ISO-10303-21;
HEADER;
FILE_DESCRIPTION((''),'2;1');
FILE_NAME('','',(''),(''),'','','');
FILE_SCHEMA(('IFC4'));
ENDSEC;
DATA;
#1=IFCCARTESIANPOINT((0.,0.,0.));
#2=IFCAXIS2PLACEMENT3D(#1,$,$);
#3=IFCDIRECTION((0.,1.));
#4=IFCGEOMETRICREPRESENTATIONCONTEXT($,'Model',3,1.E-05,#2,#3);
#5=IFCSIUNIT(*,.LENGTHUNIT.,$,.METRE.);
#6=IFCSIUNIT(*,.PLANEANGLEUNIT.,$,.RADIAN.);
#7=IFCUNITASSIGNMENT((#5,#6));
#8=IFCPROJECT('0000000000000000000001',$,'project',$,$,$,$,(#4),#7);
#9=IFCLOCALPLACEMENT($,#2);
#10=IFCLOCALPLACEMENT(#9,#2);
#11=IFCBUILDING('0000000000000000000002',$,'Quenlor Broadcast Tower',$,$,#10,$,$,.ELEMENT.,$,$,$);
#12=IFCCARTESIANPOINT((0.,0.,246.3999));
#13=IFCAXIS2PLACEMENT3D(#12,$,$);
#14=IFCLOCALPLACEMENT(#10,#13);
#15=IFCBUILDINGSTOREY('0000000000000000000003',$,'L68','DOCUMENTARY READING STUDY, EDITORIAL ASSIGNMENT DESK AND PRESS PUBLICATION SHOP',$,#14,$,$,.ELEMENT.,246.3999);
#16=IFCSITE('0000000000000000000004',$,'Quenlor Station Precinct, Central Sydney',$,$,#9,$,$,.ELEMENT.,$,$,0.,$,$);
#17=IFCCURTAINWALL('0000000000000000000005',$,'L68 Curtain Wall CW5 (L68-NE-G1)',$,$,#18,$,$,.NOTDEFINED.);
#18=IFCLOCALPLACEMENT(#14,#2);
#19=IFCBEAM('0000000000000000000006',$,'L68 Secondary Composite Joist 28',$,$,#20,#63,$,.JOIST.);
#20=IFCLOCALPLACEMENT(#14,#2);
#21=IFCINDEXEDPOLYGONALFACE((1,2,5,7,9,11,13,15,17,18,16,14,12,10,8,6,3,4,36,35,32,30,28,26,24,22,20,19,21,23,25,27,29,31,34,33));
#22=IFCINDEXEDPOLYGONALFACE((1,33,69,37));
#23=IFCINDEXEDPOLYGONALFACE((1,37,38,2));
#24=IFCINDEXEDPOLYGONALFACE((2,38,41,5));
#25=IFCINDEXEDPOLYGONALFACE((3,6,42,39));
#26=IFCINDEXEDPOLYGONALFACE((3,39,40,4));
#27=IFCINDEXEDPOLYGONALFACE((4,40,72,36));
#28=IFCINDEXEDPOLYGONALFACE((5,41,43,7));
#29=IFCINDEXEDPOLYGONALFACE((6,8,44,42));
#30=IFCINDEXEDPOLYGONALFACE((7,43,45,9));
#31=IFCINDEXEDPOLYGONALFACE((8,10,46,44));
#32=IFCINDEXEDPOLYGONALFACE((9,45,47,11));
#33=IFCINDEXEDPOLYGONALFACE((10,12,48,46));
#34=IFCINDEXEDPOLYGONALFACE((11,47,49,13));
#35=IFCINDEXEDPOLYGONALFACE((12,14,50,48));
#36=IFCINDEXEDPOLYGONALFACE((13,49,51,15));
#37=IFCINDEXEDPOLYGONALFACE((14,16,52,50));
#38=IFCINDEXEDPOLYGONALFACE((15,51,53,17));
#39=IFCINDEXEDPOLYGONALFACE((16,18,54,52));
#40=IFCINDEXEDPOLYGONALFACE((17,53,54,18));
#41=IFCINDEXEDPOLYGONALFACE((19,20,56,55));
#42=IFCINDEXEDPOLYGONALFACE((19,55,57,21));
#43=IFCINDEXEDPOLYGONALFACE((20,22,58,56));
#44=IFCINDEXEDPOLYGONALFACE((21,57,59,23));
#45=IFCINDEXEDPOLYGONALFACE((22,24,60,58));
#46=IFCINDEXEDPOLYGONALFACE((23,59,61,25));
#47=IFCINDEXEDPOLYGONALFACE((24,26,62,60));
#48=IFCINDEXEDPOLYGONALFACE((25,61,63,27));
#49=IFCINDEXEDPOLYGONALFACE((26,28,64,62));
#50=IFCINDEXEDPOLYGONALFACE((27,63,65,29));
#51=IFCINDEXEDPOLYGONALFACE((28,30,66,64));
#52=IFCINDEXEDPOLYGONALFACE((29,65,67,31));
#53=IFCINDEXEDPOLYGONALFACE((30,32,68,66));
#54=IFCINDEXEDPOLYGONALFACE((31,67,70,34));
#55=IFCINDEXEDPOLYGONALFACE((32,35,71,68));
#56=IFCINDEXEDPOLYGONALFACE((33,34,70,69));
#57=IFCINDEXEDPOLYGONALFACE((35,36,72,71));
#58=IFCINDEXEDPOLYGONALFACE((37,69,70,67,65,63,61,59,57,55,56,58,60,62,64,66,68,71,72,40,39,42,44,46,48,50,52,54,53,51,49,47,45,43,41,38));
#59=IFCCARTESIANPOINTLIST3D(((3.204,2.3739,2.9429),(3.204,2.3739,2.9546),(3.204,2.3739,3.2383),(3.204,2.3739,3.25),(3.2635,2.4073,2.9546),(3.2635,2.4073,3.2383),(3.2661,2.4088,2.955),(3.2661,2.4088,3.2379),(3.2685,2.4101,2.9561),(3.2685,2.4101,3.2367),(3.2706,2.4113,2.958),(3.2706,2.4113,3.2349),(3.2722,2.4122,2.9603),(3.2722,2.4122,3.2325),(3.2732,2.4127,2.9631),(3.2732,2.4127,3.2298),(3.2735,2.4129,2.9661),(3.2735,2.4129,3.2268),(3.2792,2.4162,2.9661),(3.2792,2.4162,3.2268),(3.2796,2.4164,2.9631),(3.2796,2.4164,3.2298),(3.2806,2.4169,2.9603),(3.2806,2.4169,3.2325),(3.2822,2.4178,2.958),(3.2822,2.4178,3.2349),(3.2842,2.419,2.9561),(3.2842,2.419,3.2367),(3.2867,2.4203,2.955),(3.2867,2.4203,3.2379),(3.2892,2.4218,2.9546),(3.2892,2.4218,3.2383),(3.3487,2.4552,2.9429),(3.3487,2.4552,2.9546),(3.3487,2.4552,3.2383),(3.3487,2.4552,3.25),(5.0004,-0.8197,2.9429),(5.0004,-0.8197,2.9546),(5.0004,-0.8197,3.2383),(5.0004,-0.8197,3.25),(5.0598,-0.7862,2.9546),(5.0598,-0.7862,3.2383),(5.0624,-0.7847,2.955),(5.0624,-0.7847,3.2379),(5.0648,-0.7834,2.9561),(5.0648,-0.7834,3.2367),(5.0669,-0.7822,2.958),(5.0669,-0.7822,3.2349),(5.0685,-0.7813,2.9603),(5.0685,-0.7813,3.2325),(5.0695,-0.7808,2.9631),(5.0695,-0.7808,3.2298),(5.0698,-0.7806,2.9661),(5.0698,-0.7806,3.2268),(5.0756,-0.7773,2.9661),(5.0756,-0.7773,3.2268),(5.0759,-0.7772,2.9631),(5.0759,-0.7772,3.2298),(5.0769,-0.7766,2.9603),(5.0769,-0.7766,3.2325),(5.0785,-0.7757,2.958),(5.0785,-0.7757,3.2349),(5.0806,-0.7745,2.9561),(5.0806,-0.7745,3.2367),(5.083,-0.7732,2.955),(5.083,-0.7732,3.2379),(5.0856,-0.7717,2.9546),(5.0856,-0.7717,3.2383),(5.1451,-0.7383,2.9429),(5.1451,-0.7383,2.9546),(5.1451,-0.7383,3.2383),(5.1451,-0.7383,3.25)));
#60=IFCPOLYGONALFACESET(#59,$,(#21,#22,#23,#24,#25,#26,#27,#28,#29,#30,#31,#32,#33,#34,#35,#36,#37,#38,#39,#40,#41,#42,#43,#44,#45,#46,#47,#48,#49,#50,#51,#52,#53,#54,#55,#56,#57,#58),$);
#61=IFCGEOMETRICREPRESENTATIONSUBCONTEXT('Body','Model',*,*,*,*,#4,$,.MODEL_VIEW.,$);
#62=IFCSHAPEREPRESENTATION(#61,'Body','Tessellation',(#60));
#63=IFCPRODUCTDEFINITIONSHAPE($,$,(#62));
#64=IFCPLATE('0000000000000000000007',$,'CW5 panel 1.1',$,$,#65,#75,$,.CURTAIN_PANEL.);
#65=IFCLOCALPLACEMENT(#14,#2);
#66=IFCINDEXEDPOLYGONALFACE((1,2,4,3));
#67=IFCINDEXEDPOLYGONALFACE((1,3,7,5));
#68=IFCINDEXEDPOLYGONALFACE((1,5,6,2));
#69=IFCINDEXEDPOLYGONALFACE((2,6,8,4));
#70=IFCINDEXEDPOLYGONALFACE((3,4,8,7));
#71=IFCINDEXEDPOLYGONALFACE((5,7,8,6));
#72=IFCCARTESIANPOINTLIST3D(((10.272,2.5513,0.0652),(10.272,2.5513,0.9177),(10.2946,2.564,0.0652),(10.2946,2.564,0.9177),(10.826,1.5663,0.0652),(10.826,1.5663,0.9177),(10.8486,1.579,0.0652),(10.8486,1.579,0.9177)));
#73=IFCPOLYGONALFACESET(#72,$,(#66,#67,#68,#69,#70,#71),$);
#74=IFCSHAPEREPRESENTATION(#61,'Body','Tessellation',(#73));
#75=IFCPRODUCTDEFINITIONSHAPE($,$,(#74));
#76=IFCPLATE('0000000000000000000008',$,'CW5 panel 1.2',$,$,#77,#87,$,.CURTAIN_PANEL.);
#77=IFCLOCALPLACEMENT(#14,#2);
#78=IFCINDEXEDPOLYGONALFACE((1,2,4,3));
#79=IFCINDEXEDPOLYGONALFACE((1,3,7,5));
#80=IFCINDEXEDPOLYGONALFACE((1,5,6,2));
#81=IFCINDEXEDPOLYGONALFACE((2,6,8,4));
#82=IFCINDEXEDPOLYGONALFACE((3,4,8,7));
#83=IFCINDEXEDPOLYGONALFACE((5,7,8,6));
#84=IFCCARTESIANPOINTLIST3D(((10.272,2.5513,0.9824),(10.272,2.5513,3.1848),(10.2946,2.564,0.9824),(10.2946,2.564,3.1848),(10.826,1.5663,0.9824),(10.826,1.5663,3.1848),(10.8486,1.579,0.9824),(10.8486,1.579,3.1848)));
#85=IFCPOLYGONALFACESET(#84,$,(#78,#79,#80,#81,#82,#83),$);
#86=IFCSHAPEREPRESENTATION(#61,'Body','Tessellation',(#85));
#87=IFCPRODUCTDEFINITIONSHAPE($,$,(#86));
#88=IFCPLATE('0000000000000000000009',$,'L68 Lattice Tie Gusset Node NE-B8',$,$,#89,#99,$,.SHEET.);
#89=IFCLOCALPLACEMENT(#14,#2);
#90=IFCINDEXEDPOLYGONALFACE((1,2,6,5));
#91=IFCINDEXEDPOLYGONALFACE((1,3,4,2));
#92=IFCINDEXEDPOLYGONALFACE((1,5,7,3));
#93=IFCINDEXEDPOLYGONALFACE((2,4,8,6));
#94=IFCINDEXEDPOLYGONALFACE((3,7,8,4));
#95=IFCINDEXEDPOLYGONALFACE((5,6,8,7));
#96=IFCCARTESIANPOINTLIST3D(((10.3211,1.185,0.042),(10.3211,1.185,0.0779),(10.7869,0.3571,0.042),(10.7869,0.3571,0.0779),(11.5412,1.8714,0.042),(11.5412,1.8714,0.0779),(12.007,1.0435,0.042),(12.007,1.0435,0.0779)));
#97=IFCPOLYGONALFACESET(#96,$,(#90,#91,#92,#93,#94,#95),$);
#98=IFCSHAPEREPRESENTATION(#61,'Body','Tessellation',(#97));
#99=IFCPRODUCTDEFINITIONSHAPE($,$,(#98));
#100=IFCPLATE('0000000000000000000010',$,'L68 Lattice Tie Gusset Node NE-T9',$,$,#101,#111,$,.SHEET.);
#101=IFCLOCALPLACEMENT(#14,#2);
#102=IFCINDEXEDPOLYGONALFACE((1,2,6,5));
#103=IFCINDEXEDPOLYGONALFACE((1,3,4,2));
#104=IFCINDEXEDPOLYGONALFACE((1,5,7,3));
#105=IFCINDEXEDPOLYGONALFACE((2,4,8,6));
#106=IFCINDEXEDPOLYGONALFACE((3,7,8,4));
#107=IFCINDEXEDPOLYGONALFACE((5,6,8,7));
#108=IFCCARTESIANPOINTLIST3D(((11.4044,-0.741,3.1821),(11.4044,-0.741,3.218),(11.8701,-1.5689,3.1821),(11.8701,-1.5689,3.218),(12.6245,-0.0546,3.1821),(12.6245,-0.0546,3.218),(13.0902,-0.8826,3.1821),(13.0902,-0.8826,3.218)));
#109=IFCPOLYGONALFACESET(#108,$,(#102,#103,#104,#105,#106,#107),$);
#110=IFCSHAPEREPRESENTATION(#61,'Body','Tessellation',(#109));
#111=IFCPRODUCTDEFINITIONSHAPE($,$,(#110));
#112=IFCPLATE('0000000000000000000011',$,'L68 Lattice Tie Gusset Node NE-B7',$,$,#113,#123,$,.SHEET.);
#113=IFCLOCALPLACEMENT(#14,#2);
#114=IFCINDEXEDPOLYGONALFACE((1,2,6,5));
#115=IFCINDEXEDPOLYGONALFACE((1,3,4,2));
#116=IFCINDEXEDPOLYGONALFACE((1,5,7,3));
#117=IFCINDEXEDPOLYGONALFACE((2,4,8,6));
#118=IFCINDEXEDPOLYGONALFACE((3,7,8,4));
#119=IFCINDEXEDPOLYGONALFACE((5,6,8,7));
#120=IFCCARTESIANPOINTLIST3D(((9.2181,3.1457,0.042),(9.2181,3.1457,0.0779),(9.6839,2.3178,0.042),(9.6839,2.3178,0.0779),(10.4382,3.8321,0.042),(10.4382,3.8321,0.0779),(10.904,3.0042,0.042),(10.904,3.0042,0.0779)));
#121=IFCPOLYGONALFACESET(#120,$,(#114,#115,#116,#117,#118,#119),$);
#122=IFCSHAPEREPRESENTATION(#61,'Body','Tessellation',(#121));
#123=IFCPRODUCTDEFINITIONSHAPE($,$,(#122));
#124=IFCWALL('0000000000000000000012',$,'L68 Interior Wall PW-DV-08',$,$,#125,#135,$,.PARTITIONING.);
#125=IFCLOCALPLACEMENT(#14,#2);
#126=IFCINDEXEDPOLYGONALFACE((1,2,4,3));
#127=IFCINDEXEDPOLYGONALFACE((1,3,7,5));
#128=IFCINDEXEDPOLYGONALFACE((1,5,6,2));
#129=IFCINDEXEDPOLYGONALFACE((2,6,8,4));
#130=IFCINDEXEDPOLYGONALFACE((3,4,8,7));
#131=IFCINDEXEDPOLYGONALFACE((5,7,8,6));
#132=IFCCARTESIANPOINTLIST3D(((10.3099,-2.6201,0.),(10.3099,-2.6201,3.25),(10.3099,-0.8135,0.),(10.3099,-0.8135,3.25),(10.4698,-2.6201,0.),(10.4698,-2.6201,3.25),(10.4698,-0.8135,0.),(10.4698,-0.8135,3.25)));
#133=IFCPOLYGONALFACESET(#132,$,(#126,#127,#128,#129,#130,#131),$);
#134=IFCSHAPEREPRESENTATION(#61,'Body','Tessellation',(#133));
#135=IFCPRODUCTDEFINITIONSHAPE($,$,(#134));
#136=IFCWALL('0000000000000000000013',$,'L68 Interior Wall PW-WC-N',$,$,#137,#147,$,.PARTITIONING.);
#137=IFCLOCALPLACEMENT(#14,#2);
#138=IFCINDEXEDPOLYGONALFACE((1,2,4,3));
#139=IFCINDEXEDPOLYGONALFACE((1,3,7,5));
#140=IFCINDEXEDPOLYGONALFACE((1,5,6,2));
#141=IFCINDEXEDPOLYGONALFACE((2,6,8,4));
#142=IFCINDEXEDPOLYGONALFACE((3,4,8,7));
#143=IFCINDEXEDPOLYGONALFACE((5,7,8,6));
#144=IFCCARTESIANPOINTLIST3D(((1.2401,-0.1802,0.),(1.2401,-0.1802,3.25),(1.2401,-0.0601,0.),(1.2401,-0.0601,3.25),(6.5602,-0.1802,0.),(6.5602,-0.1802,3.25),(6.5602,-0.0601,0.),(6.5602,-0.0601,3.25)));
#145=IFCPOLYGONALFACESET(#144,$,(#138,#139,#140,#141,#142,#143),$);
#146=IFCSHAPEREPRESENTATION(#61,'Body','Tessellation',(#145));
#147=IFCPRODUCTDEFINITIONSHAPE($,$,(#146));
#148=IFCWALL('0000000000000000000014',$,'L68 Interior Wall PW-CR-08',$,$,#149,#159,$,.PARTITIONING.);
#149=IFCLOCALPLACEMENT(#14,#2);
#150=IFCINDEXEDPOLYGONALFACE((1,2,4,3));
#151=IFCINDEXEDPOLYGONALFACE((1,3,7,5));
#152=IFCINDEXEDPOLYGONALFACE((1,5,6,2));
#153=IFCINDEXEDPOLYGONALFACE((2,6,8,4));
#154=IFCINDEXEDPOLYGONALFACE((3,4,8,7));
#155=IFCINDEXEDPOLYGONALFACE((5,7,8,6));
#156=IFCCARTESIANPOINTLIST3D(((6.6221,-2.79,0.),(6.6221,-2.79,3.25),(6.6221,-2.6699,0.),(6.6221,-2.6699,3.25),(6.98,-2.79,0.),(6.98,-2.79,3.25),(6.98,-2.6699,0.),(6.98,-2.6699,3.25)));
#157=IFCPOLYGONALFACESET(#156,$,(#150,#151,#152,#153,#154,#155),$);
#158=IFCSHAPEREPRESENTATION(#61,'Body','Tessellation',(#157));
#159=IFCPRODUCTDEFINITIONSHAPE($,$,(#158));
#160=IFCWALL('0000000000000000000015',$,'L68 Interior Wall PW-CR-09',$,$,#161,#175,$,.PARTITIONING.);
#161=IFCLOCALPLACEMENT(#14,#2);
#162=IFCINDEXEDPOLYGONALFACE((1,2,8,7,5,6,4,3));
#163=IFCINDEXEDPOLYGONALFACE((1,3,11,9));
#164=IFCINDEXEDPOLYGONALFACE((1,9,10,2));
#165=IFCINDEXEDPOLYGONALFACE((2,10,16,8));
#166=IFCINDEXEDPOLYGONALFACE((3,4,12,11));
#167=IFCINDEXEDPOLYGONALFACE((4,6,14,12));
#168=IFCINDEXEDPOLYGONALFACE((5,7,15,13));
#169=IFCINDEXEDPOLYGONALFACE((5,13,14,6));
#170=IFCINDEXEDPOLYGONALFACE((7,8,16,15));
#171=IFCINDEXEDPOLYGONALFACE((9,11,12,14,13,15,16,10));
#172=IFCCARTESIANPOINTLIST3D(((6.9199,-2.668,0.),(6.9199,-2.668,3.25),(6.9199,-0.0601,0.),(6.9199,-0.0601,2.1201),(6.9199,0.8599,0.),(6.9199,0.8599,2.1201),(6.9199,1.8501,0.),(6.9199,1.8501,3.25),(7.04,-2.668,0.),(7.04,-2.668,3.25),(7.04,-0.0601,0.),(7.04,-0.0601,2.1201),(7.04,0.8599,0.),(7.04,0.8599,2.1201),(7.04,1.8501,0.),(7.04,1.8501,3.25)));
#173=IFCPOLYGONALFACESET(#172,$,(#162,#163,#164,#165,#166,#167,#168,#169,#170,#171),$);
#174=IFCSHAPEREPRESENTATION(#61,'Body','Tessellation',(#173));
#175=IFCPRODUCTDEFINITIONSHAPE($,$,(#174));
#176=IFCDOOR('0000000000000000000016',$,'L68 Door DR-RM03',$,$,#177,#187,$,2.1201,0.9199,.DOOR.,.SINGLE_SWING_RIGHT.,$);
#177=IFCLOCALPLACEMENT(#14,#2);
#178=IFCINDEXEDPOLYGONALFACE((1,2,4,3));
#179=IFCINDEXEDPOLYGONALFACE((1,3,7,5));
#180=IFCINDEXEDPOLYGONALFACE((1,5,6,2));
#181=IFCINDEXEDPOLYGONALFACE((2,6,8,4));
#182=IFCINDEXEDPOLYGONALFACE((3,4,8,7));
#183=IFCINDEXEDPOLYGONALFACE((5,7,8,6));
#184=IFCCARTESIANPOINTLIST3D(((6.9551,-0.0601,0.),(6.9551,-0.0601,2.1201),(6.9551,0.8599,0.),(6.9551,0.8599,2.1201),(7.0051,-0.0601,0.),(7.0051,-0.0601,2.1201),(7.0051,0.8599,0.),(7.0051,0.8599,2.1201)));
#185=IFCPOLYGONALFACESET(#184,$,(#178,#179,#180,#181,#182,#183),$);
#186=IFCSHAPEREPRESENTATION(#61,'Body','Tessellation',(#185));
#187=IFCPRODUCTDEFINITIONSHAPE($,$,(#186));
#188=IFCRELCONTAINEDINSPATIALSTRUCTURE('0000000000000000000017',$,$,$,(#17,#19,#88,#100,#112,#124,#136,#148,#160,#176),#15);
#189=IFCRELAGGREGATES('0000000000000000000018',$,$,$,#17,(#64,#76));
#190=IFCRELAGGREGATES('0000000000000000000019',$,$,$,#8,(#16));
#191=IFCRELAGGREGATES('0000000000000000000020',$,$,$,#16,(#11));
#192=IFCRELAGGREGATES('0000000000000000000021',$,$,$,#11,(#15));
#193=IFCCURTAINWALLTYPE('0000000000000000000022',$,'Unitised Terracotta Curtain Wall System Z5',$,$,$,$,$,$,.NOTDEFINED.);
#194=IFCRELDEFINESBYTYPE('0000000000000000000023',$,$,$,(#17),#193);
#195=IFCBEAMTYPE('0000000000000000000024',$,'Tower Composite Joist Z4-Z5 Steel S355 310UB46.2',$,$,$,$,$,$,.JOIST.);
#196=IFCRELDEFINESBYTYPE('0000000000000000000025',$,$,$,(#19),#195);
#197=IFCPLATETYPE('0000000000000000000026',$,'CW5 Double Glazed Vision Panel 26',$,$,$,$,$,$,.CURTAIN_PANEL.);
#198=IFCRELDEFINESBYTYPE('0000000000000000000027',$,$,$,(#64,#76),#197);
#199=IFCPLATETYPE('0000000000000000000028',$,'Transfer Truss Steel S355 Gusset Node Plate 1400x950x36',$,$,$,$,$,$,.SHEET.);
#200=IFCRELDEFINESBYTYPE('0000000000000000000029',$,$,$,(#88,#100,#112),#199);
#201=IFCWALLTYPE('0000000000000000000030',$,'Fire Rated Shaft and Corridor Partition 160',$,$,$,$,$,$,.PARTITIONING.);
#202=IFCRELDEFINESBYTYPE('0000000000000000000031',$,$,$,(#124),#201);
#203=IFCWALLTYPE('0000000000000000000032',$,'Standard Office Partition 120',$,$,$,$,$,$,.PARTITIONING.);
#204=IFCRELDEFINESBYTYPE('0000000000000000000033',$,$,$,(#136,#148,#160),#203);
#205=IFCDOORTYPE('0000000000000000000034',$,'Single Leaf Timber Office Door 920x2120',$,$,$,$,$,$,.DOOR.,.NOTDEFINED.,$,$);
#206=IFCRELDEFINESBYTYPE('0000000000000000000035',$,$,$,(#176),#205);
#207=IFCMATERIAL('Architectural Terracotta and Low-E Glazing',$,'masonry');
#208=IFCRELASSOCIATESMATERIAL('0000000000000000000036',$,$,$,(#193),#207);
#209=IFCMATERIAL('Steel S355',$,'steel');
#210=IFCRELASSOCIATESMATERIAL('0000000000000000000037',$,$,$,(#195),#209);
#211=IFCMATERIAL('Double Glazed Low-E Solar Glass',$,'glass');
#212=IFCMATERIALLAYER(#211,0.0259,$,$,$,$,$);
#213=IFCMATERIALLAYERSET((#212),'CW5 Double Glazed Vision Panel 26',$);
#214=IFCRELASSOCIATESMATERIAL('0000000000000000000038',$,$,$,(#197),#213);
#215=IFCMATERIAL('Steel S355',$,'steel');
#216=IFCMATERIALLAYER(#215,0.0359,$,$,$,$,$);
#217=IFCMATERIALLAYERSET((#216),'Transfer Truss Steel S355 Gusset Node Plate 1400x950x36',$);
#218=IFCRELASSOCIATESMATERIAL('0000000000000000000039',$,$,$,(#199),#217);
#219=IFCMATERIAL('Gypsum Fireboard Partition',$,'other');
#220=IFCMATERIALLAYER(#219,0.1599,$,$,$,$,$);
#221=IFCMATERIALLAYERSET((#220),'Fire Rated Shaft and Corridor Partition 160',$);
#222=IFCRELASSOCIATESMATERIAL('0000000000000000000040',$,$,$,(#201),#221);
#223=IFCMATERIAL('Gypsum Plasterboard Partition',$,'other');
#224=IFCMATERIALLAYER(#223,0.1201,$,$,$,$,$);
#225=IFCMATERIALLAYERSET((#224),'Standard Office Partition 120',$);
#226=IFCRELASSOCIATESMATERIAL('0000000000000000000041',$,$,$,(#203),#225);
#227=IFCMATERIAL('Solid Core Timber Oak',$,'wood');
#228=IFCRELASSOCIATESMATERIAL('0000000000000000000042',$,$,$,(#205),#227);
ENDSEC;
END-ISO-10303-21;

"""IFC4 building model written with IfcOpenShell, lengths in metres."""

from ifc_helpers import new_model, si_unit, direction, frame, frame_2d, origin, origin_2d, place, context, subcontext, project, spatial, rectangle, i_section, extrude, material, layer, layer_set, material_profile, profile_set, type_object, element, fill, aggregate, save


model = new_model("IFC4")

# Units and contexts
model_context = context("Model", 3, precision=1e-05, world=origin(), true_north=direction((0.0, 1.0)))
body_context = subcontext(model_context, "Body", "Model", "MODEL_VIEW")
ifc_project = project(units=[si_unit("LENGTHUNIT", "METRE"), si_unit("PLANEANGLEUNIT", "RADIAN")], contexts=[model_context])

# Site, building, storey
site_placement = place(None, origin())
site = spatial("IfcSite", under=ifc_project, at=site_placement, Name="Quenlor Station Precinct, Central Sydney", CompositionType="ELEMENT", RefElevation=0.0)
building_placement = place(site_placement, origin())
building = spatial("IfcBuilding", under=site, at=building_placement, Name="Quenlor Broadcast Tower", CompositionType="ELEMENT")
storey_placement = place(building_placement, frame((0.0, 0.0, 246.3999)))
storey = spatial("IfcBuildingStorey", under=building, at=storey_placement, Name="L68", Description="DOCUMENTARY READING STUDY, EDITORIAL ASSIGNMENT DESK AND PRESS PUBLICATION SHOP", CompositionType="ELEMENT", Elevation=246.3999)

# Curtain wall
ifc_material_1 = material(Name="Architectural Terracotta and Low-E Glazing", Category="masonry")
curtain_wall_type = type_object("IfcCurtainWallType", Name="Unitised Terracotta Curtain Wall System Z5", PredefinedType="NOTDEFINED", material=ifc_material_1)
curtain_wall_placement = place(storey_placement, origin())
curtain_wall = element("IfcCurtainWall", 1, at=curtain_wall_placement, inside=storey, type_object=curtain_wall_type, Name="L68 Curtain Wall CW5 (L68-NE-G1)", PredefinedType="NOTDEFINED")

# Beam
ifc_material_2 = material(Name="Steel S355", Category="steel")
ifc_material_profile_1 = material_profile(ifc_material_2, i_section(OverallWidth=0.166, OverallDepth=0.3071, WebThickness=0.0066, FlangeThickness=0.0117, FilletRadius=0.0115, at=origin_2d()))
ifc_profile_set_1 = profile_set([ifc_material_profile_1], Name="Steel S355 310UB46.2")
beam_type_1 = type_object("IfcBeamType", Name="Tower Composite Joist Z4-Z5 Steel S355 310UB46.2", PredefinedType="JOIST", material=ifc_profile_set_1)
beam_1_placement = place(storey_placement, frame((3.2764, 2.4146, 3.0964), z_axis=(0.490258, -0.871577, 0.0), x_axis=(0.871577, 0.490258, 0.0)))
element("IfcBeam", 2, at=beam_1_placement, inside=storey, type_object=beam_type_1, Name="L68 Secondary Composite Joist 28", PredefinedType="JOIST", context=body_context, shape_type="SweptSolid", body=[
    extrude(i_section(OverallWidth=0.166, OverallDepth=0.3071, WebThickness=0.0066, FlangeThickness=0.0117, FilletRadius=0.0115, at=origin_2d()), origin(), (0.0, 0.0, 1.0), 3.6641),
])

# Plates
ifc_material_3 = material(Name="Double Glazed Low-E Solar Glass", Category="glass")
ifc_layer_1 = layer(ifc_material_3, 0.0259)
ifc_layer_set_1 = layer_set([ifc_layer_1], Name="CW5 Double Glazed Vision Panel 26")
plate_type_1 = type_object("IfcPlateType", Name="CW5 Double Glazed Vision Panel 26", PredefinedType="CURTAIN_PANEL", material=ifc_layer_set_1)
plate_1_placement = place(storey_placement, frame((10.5603, 2.0652, 0.0652), z_axis=(0.0, 0.0, 1.0), x_axis=(0.490231, -0.871592, 0.0)))
plate_1 = element("IfcPlate", 3, at=plate_1_placement, type_object=plate_type_1, Name="CW5 panel 1.1", PredefinedType="CURTAIN_PANEL", context=body_context, shape_type="SweptSolid", body=[
    extrude(rectangle(XDim=1.1301, YDim=0.0259, at=origin_2d()), origin(), (0.0, 0.0, 1.0), 0.8525),
])
plate_2_placement = place(storey_placement, frame((10.5603, 2.0652, 0.9824), z_axis=(0.0, 0.0, 1.0), x_axis=(0.490231, -0.871592, 0.0)))
plate_2 = element("IfcPlate", 4, at=plate_2_placement, type_object=plate_type_1, Name="CW5 panel 1.2", PredefinedType="CURTAIN_PANEL", context=body_context, shape_type="SweptSolid", body=[
    extrude(rectangle(XDim=1.1301, YDim=0.0259, at=origin_2d()), origin(), (0.0, 0.0, 1.0), 2.2024),
])
aggregate(curtain_wall, [plate_1, plate_2])

# Plates
ifc_material_4 = material(Name="Steel S355", Category="steel")
ifc_layer_2 = layer(ifc_material_4, 0.0359)
ifc_layer_set_2 = layer_set([ifc_layer_2], Name="Transfer Truss Steel S355 Gusset Node Plate 1400x950x36")
plate_type_2 = type_object("IfcPlateType", Name="Transfer Truss Steel S355 Gusset Node Plate 1400x950x36", PredefinedType="SHEET", material=ifc_layer_set_2)
for number, where, z_axis, x_axis, name in (
    (5, (11.1641, 1.1143, 0.042), (0.0, 0.0, 1.0), (0.871556, 0.490295, 0.0), "L68 Lattice Tie Gusset Node NE-B8"),
    (6, (12.2473, -0.8118, 3.1821), (0.0, 0.0, 1.0), (0.871556, 0.490295, 0.0), "L68 Lattice Tie Gusset Node NE-T9"),
    (7, (10.061, 3.075, 0.042), (0.0, 0.0, 1.0), (0.871556, 0.490295, 0.0), "L68 Lattice Tie Gusset Node NE-B7"),
):
    element("IfcPlate", number, at=place(storey_placement, frame(where, z_axis=z_axis, x_axis=x_axis)), inside=storey, type_object=plate_type_2, Name=name, PredefinedType="SHEET", context=body_context, shape_type="SweptSolid", body=[
        extrude(rectangle(XDim=1.3999, YDim=0.95, at=origin_2d()), origin(), (0.0, 0.0, 1.0), 0.0359),
    ])

# Walls
ifc_material_5 = material(Name="Gypsum Fireboard Partition", Category="other")
ifc_layer_3 = layer(ifc_material_5, 0.1599)
ifc_layer_set_3 = layer_set([ifc_layer_3], Name="Fire Rated Shaft and Corridor Partition 160")
wall_type_1 = type_object("IfcWallType", Name="Fire Rated Shaft and Corridor Partition 160", PredefinedType="PARTITIONING", material=ifc_layer_set_3)
wall_1_placement = place(storey_placement, frame((10.3899, -0.8135, 0.0), z_axis=(0.0, 0.0, 1.0), x_axis=(0.0, -1.0, 0.0)))
element("IfcWall", 8, at=wall_1_placement, inside=storey, type_object=wall_type_1, Name="L68 Interior Wall PW-DV-08", PredefinedType="PARTITIONING", context=body_context, shape_type="SweptSolid", body=[
    extrude(rectangle(XDim=1.8066, YDim=0.1599, at=frame_2d((0.9033, 0.0))), origin(), (0.0, 0.0, 1.0), 3.25),
])
ifc_material_6 = material(Name="Gypsum Plasterboard Partition", Category="other")
ifc_layer_4 = layer(ifc_material_6, 0.1201)
ifc_layer_set_4 = layer_set([ifc_layer_4], Name="Standard Office Partition 120")
wall_type_2 = type_object("IfcWallType", Name="Standard Office Partition 120", PredefinedType="PARTITIONING", material=ifc_layer_set_4)
wall_2_placement = place(storey_placement, frame((1.24, -0.1201, 0.0), z_axis=(0.0, 0.0, 1.0), x_axis=(1.0, 0.0, 0.0)))
element("IfcWall", 9, at=wall_2_placement, inside=storey, type_object=wall_type_2, Name="L68 Interior Wall PW-WC-N", PredefinedType="PARTITIONING", context=body_context, shape_type="SweptSolid", body=[
    extrude(rectangle(XDim=5.3201, YDim=0.1201, at=frame_2d((2.6602, 0.0))), origin(), (0.0, 0.0, 1.0), 3.25),
])
wall_3_placement = place(storey_placement, frame((6.6221, -2.73, 0.0), z_axis=(0.0, 0.0, 1.0), x_axis=(1.0, 0.0, 0.0)))
element("IfcWall", 10, at=wall_3_placement, inside=storey, type_object=wall_type_2, Name="L68 Interior Wall PW-CR-08", PredefinedType="PARTITIONING", context=body_context, shape_type="SweptSolid", body=[
    extrude(rectangle(XDim=0.3579, YDim=0.1201, at=frame_2d((0.179, 0.0))), origin(), (0.0, 0.0, 1.0), 3.25),
])

# Wall, opening, door
wall_4_placement = place(storey_placement, frame((6.98, -2.668, 0.0), z_axis=(0.0, 0.0, 1.0), x_axis=(0.0, 1.0, 0.0)))
wall_4 = element("IfcWall", 11, at=wall_4_placement, inside=storey, type_object=wall_type_2, Name="L68 Interior Wall PW-CR-09", PredefinedType="PARTITIONING", context=body_context, shape_type="SweptSolid", body=[
    extrude(rectangle(XDim=4.5181, YDim=0.1201, at=frame_2d((2.259, 0.0))), origin(), (0.0, 0.0, 1.0), 3.25),
])
opening_placement = place(wall_4_placement, frame((2.6079, 0.0, 0.0)))
opening = element("IfcOpeningElement", 12, at=opening_placement, cuts=wall_4, PredefinedType="OPENING", context=body_context, shape_type="SweptSolid", body=[
    extrude(rectangle(XDim=0.9199, YDim=2.1201, at=frame_2d((0.46, 1.0601))), frame((0.0, 0.0701, 0.0), z_axis=(0.0, -1.0, 0.0), x_axis=(1.0, 0.0, 0.0)), (0.0, 0.0, 1.0), 0.1401),
])
ifc_material_7 = material(Name="Solid Core Timber Oak", Category="wood")
door_type = type_object("IfcDoorType", Name="Single Leaf Timber Office Door 920x2120", OperationType="NOTDEFINED", PredefinedType="DOOR", material=ifc_material_7)
door_placement = place(opening_placement, origin())
door = element("IfcDoor", 13, at=door_placement, inside=storey, type_object=door_type, Name="L68 Door DR-RM03", OperationType="SINGLE_SWING_RIGHT", OverallHeight=2.1201, OverallWidth=0.9199, PredefinedType="DOOR", context=body_context, shape_type="SweptSolid", body=[
    extrude(rectangle(XDim=0.9199, YDim=2.1201, at=frame_2d((0.46, 1.0601))), frame((0.0, 0.0249, 0.0), z_axis=(0.0, -1.0, 0.0), x_axis=(1.0, 0.0, 0.0)), (0.0, 0.0, 1.0), 0.05),
])
fill(opening, door)

save(model, "model.ifc")
